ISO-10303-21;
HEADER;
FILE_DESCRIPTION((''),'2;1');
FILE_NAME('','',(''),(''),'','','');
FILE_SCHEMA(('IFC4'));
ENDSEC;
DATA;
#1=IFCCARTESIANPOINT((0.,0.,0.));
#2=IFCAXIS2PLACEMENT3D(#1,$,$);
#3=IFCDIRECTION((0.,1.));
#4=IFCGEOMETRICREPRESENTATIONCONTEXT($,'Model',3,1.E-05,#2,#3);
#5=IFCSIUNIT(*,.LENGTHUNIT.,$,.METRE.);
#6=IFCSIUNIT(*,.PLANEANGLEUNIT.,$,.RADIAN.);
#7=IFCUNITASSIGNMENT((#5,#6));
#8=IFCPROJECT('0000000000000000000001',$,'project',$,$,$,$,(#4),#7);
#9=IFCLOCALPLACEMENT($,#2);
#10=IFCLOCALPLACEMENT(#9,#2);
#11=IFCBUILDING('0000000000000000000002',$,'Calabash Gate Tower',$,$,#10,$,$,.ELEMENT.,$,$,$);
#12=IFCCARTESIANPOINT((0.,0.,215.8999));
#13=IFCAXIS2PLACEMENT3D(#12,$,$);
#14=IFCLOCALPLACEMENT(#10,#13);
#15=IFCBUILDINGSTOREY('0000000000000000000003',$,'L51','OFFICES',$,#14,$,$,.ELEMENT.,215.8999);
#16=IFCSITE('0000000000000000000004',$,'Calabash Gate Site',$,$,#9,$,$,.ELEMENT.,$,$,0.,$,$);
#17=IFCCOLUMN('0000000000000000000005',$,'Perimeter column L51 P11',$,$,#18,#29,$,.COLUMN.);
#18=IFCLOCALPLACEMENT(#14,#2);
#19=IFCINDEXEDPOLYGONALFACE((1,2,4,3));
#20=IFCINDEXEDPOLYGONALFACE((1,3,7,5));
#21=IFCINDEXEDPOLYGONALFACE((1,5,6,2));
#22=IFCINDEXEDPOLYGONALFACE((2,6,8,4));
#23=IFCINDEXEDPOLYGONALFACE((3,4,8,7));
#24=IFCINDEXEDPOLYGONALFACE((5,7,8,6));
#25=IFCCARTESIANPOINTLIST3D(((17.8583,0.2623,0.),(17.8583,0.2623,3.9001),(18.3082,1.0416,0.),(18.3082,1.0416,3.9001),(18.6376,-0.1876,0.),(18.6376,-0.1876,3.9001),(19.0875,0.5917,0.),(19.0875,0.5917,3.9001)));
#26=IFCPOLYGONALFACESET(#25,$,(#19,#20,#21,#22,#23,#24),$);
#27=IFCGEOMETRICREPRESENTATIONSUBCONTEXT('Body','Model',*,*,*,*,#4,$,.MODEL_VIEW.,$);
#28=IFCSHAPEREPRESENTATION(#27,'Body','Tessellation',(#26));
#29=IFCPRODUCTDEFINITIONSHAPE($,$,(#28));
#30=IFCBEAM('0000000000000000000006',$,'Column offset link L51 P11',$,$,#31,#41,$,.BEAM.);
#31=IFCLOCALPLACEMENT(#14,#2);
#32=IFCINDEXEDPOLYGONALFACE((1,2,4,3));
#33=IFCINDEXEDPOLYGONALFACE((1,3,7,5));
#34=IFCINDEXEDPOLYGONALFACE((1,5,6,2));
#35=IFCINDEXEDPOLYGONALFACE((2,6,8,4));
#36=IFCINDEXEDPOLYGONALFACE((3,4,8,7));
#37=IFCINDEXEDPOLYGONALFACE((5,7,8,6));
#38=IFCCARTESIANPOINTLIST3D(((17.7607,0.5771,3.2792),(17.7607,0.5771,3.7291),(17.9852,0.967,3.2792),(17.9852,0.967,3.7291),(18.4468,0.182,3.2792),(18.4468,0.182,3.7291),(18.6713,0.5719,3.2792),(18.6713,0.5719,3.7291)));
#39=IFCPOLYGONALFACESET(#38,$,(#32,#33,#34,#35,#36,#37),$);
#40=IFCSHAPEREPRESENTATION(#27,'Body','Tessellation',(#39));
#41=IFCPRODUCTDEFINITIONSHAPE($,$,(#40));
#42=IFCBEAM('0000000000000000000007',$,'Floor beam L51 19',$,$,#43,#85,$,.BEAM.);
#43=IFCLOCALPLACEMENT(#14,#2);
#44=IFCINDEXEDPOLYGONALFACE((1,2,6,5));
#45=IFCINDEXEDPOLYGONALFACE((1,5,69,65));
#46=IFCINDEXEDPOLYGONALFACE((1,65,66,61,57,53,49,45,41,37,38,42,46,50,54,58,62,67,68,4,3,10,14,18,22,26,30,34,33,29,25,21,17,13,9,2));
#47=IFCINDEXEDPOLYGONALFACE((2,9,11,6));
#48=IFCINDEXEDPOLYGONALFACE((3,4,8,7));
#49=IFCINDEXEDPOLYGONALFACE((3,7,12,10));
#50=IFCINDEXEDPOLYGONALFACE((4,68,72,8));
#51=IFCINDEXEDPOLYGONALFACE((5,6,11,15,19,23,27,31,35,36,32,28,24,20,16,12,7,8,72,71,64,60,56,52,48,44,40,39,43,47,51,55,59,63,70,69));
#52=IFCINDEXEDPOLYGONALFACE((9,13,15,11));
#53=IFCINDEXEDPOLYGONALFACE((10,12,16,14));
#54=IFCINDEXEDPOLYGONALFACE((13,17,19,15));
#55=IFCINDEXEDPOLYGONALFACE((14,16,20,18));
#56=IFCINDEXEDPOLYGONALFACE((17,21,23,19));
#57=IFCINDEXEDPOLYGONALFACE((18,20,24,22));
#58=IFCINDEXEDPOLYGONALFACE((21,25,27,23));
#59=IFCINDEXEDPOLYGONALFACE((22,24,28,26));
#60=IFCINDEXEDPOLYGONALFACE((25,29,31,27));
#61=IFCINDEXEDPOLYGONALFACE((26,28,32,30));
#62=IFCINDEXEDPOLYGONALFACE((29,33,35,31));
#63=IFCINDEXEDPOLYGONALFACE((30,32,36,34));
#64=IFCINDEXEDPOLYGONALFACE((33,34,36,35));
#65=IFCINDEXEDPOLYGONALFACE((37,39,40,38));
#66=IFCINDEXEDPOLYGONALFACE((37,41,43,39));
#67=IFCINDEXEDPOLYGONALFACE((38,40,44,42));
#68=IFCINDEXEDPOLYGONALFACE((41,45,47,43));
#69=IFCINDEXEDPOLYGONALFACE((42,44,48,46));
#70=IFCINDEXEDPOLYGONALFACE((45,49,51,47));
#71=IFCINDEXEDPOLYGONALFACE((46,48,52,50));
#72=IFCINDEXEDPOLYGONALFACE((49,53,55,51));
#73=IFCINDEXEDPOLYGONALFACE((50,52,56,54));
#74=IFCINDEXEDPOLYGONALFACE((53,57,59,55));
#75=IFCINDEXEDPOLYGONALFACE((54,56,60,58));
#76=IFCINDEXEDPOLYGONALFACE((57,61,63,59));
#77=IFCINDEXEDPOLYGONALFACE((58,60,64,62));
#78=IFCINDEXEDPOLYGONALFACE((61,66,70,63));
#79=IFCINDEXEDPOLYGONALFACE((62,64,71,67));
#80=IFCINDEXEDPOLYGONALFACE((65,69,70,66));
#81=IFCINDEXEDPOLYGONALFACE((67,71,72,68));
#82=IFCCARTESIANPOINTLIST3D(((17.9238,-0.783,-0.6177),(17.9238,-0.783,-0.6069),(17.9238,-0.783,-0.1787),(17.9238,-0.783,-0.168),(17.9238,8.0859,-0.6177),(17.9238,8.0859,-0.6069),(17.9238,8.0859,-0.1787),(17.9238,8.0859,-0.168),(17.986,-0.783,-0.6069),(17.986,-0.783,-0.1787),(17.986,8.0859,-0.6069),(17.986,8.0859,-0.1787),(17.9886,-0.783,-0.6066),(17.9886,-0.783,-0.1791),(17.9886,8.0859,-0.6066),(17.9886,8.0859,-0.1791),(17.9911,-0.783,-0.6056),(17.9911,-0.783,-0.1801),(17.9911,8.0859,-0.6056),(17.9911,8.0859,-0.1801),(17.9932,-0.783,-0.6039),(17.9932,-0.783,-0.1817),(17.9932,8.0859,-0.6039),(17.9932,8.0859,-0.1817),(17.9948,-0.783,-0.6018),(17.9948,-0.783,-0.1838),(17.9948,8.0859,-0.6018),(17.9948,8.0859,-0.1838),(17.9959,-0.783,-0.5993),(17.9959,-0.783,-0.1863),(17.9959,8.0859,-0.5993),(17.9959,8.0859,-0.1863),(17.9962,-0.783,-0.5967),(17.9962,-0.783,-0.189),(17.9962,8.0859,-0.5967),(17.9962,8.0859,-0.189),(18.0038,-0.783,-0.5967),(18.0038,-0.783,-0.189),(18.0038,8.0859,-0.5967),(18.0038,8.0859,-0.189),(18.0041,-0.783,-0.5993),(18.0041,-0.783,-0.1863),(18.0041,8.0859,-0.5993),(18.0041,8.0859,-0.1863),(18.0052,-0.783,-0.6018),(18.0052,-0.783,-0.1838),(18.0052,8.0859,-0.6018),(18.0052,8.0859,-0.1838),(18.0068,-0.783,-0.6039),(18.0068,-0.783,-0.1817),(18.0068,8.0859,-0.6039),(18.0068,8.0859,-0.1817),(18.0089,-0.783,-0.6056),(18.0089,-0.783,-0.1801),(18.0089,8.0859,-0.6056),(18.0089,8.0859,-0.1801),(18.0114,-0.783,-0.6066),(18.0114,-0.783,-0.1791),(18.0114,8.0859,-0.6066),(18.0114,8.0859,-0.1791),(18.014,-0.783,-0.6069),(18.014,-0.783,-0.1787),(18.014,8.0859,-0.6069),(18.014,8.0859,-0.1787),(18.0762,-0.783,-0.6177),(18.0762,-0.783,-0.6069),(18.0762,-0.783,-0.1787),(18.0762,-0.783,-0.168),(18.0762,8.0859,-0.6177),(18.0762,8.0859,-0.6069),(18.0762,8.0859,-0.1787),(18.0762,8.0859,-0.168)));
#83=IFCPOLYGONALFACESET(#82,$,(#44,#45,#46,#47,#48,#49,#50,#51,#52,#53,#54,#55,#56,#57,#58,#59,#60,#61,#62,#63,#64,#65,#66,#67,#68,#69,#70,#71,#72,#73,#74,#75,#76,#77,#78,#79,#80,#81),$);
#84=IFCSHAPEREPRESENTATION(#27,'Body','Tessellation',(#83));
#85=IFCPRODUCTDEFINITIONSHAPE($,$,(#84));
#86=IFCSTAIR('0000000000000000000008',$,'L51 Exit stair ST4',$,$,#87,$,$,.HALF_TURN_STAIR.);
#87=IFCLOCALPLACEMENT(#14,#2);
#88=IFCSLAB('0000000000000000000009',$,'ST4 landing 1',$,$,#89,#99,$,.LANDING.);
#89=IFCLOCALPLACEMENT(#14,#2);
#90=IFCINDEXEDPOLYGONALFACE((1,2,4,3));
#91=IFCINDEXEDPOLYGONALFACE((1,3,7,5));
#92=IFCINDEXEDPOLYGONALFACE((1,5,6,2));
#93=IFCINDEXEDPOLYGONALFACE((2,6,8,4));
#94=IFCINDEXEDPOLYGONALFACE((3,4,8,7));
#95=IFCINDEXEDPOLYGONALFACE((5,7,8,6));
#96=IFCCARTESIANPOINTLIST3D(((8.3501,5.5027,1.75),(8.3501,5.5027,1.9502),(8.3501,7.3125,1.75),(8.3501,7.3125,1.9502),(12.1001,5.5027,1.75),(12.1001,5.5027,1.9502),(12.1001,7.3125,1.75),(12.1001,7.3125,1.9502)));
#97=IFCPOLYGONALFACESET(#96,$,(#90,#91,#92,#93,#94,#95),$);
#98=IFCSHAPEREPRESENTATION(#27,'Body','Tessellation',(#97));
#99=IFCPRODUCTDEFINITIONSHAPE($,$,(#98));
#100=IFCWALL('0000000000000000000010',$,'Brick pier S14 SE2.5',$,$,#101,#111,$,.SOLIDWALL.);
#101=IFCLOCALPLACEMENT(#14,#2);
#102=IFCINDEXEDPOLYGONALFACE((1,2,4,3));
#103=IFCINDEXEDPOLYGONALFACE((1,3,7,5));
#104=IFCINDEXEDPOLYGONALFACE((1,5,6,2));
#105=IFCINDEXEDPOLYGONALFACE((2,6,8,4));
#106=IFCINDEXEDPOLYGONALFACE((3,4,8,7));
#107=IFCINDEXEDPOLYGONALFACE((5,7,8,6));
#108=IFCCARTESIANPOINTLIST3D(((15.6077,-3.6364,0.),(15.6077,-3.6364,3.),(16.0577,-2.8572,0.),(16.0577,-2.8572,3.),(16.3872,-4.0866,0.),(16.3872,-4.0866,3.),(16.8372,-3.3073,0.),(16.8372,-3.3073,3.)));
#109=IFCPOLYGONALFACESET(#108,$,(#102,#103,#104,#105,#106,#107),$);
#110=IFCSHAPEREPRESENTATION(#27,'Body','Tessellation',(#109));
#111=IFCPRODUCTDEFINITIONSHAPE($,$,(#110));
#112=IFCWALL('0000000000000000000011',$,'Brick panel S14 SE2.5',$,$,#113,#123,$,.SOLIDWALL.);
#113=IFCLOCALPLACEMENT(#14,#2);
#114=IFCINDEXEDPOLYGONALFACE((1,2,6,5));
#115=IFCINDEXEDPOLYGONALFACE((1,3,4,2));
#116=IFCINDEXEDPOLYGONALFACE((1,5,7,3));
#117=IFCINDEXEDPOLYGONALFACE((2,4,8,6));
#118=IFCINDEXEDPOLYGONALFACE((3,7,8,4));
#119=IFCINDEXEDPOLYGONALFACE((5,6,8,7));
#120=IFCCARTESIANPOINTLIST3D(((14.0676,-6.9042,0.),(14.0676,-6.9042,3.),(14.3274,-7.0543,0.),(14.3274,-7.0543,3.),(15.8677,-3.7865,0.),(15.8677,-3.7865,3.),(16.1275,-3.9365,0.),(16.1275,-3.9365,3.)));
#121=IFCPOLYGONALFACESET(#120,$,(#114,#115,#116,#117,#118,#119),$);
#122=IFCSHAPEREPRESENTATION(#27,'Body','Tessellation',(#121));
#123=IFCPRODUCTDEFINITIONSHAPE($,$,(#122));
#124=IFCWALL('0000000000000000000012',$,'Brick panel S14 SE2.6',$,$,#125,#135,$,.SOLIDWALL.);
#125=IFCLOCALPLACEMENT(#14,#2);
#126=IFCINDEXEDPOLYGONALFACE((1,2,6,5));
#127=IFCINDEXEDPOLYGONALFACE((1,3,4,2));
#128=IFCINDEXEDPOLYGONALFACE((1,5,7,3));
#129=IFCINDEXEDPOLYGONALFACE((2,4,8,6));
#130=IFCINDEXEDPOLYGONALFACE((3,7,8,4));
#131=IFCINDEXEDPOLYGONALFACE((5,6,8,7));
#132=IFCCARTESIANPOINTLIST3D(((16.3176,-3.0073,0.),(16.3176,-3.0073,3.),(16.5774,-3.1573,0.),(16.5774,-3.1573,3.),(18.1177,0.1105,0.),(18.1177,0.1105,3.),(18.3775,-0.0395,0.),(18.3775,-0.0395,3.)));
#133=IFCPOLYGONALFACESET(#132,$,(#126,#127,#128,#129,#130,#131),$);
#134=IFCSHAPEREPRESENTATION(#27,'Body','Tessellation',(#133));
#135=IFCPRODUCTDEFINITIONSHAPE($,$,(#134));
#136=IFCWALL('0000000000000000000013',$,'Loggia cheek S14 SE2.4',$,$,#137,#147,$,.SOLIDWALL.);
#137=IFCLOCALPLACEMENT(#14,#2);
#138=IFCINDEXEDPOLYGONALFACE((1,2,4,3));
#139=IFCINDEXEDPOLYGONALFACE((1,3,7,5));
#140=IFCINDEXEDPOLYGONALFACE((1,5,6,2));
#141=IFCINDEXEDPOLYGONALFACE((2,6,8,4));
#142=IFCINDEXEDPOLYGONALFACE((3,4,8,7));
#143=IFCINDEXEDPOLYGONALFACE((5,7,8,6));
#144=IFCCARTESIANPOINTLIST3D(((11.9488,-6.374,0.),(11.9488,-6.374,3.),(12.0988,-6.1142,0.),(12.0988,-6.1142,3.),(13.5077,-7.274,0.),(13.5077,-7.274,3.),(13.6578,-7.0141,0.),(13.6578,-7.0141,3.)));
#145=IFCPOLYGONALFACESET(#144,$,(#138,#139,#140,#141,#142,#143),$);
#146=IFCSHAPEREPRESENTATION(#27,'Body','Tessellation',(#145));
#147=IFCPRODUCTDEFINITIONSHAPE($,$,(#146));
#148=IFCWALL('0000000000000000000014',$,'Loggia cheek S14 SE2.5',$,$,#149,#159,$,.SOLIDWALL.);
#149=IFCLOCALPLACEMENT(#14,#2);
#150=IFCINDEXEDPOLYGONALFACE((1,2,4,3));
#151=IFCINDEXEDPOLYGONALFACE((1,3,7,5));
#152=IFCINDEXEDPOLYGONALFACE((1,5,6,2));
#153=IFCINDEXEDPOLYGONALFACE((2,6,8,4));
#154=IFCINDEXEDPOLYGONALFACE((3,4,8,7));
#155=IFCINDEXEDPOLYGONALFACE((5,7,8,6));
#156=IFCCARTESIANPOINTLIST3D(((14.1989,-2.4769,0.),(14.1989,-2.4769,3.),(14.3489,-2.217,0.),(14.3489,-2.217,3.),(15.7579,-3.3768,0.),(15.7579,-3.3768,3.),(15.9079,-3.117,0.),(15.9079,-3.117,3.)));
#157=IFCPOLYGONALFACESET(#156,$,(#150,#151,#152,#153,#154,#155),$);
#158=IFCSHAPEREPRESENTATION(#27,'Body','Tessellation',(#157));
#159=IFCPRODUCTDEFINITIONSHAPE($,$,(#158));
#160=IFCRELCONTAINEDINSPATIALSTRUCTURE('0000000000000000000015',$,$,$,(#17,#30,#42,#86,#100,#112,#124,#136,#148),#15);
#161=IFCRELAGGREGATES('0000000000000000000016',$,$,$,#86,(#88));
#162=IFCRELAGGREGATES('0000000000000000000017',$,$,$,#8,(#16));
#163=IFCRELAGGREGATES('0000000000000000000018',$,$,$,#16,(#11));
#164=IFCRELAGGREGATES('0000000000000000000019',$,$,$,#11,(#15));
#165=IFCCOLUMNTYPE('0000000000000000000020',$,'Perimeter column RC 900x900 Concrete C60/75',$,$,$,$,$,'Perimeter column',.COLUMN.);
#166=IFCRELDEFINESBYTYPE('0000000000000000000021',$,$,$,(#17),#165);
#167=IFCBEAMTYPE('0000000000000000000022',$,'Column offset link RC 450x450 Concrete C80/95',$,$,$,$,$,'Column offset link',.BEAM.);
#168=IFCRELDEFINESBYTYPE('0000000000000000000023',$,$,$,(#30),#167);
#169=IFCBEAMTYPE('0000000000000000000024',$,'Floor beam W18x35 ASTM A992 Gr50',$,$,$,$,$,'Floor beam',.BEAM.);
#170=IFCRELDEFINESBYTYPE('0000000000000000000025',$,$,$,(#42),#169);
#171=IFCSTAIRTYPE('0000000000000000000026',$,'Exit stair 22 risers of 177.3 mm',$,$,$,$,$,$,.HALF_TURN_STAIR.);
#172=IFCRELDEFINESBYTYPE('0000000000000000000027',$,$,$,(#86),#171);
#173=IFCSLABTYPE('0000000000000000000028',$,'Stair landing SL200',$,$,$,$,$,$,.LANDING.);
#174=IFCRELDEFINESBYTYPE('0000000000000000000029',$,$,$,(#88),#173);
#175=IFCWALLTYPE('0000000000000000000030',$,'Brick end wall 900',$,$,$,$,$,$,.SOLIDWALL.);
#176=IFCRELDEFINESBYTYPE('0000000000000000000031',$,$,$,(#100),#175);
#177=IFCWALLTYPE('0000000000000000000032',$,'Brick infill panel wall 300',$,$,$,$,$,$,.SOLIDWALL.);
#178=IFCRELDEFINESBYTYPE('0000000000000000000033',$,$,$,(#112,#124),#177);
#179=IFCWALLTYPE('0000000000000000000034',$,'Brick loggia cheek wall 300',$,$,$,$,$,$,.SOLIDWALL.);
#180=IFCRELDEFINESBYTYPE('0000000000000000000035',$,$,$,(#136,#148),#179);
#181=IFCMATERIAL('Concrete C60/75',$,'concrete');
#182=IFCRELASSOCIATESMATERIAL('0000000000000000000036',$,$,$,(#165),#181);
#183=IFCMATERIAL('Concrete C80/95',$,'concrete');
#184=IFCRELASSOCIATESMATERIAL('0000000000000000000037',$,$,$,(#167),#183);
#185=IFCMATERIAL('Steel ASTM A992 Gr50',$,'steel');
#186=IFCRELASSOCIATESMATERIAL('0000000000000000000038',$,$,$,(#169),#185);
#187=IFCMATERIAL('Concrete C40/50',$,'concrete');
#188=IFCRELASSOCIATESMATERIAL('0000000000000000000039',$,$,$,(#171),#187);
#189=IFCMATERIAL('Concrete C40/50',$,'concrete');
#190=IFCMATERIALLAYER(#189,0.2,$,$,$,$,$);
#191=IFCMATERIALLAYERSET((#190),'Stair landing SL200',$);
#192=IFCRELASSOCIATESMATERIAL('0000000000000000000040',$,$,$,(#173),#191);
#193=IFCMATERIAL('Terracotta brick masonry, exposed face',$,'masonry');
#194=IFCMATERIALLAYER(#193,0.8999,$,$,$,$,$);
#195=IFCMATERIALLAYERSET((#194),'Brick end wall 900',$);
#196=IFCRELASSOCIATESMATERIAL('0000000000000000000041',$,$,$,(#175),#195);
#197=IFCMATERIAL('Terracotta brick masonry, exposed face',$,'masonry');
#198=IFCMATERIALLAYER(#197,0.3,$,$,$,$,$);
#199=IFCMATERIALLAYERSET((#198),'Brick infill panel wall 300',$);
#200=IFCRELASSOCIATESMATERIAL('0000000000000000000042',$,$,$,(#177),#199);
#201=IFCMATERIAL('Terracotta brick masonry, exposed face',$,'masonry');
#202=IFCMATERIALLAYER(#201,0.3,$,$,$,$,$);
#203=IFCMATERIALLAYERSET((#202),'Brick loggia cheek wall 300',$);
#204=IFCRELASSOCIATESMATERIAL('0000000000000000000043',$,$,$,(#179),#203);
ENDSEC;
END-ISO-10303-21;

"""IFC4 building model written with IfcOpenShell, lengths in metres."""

from ifc_helpers import new_model, si_unit, direction, frame, frame_2d, origin, origin_2d, place, context, subcontext, project, spatial, polyline, rectangle, i_section, outline, extrude, material, layer, layer_set, material_profile, profile_set, type_object, element, aggregate, save


model = new_model("IFC4")

# Units and contexts
model_context = context("Model", 3, precision=1e-05, world=origin(), true_north=direction((0.0, 1.0)))
body_context = subcontext(model_context, "Body", "Model", "MODEL_VIEW")
ifc_project = project(units=[si_unit("LENGTHUNIT", "METRE"), si_unit("PLANEANGLEUNIT", "RADIAN")], contexts=[model_context])

# Site, building, storey
site_placement = place(None, origin())
site = spatial("IfcSite", under=ifc_project, at=site_placement, Name="Calabash Gate Site", CompositionType="ELEMENT", RefElevation=0.0)
building_placement = place(site_placement, origin())
building = spatial("IfcBuilding", under=site, at=building_placement, Name="Calabash Gate Tower", CompositionType="ELEMENT")
storey_placement = place(building_placement, frame((0.0, 0.0, 215.8999)))
storey = spatial("IfcBuildingStorey", under=building, at=storey_placement, Name="L51", Description="OFFICES", CompositionType="ELEMENT", Elevation=215.8999)

# Column
ifc_material_1 = material(Name="Concrete C60/75", Category="concrete")
ifc_material_profile_1 = material_profile(ifc_material_1, rectangle(XDim=0.8999, YDim=0.8999, at=origin_2d()))
ifc_profile_set_1 = profile_set([ifc_material_profile_1], Name="Concrete C60/75")
column_type = type_object("IfcColumnType", Name="Perimeter column RC 900x900 Concrete C60/75", ElementType="Perimeter column", PredefinedType="COLUMN", material=ifc_profile_set_1)
column_placement = place(storey_placement, frame((18.4729, 0.427, 0.0), z_axis=(0.0, 0.0, 1.0), x_axis=(0.5, 0.866025, 0.0)))
element("IfcColumn", 1, at=column_placement, inside=storey, type_object=column_type, Name="Perimeter column L51 P11", PredefinedType="COLUMN", context=body_context, shape_type="SweptSolid", body=[
    extrude(rectangle(XDim=0.8999, YDim=0.8999, at=origin_2d()), origin(), (0.0, 0.0, 1.0), 3.9001),
])

# Beams
ifc_material_2 = material(Name="Concrete C80/95", Category="concrete")
ifc_material_profile_2 = material_profile(ifc_material_2, rectangle(XDim=0.45, YDim=0.45, at=origin_2d()))
ifc_profile_set_2 = profile_set([ifc_material_profile_2], Name="Concrete C80/95")
beam_type_1 = type_object("IfcBeamType", Name="Column offset link RC 450x450 Concrete C80/95", ElementType="Column offset link", PredefinedType="BEAM", material=ifc_profile_set_2)
beam_1_placement = place(storey_placement, frame((18.5591, 0.377, 3.5042), z_axis=(-0.866606, 0.498993, 0.0), x_axis=(-0.498993, -0.866606, 0.0)))
element("IfcBeam", 2, at=beam_1_placement, inside=storey, type_object=beam_type_1, Name="Column offset link L51 P11", PredefinedType="BEAM", context=body_context, shape_type="SweptSolid", body=[
    extrude(rectangle(XDim=0.45, YDim=0.45, at=origin_2d()), origin(), (0.0, 0.0, 1.0), 0.7917),
])
ifc_material_3 = material(Name="Steel ASTM A992 Gr50", Category="steel")
ifc_material_profile_3 = material_profile(ifc_material_3, i_section(OverallWidth=0.1523, OverallDepth=0.4497, WebThickness=0.0076, FlangeThickness=0.0107, FilletRadius=0.0103, at=origin_2d()))
ifc_profile_set_3 = profile_set([ifc_material_profile_3], Name="Steel ASTM A992 Gr50")
beam_type_2 = type_object("IfcBeamType", Name="Floor beam W18x35 ASTM A992 Gr50", ElementType="Floor beam", PredefinedType="BEAM", material=ifc_profile_set_3)
beam_2_placement = place(storey_placement, frame((18.0, -0.783, -0.3928), z_axis=(0.0, 1.0, 0.0), x_axis=(-1.0, 0.0, 0.0)))
element("IfcBeam", 3, at=beam_2_placement, inside=storey, type_object=beam_type_2, Name="Floor beam L51 19", PredefinedType="BEAM", context=body_context, shape_type="SweptSolid", body=[
    extrude(i_section(OverallWidth=0.1523, OverallDepth=0.4497, WebThickness=0.0076, FlangeThickness=0.0107, FilletRadius=0.0103, at=origin_2d()), origin(), (0.0, 0.0, 1.0), 8.8689),
])

# Stair, slab
ifc_material_4 = material(Name="Concrete C40/50", Category="concrete")
stair_type = type_object("IfcStairType", Name="Exit stair 22 risers of 177.3 mm", PredefinedType="HALF_TURN_STAIR", material=ifc_material_4)
stair_placement = place(storey_placement, origin())
stair = element("IfcStair", 4, at=stair_placement, inside=storey, type_object=stair_type, Name="L51 Exit stair ST4", PredefinedType="HALF_TURN_STAIR")
ifc_material_5 = material(Name="Concrete C40/50", Category="concrete")
ifc_layer_1 = layer(ifc_material_5, 0.2)
ifc_layer_set_1 = layer_set([ifc_layer_1], Name="Stair landing SL200")
slab_type = type_object("IfcSlabType", Name="Stair landing SL200", PredefinedType="LANDING", material=ifc_layer_set_1)
slab_placement = place(storey_placement, frame((0.0, 0.0, 1.75)))
slab = element("IfcSlab", 5, at=slab_placement, type_object=slab_type, Name="ST4 landing 1", PredefinedType="LANDING", context=body_context, shape_type="SweptSolid", body=[
    extrude(outline(polyline([(8.3501, 7.3125), (8.3501, 5.5027), (12.1001, 5.5027), (12.1001, 7.3125), (8.3501, 7.3125)])), origin(), (0.0, 0.0, 1.0), 0.2002),
])
aggregate(stair, [slab])

# Walls
ifc_material_6 = material(Name="Terracotta brick masonry, exposed face", Category="masonry")
ifc_layer_2 = layer(ifc_material_6, 0.8999)
ifc_layer_set_2 = layer_set([ifc_layer_2], Name="Brick end wall 900")
wall_type_1 = type_object("IfcWallType", Name="Brick end wall 900", PredefinedType="SOLIDWALL", material=ifc_layer_set_2)
wall_1_placement = place(storey_placement, frame((16.6123, -3.697, 0.0), z_axis=(0.0, 0.0, 1.0), x_axis=(-0.865964, 0.500106, 0.0)))
element("IfcWall", 6, at=wall_1_placement, inside=storey, type_object=wall_type_1, Name="Brick pier S14 SE2.5", PredefinedType="SOLIDWALL", context=body_context, shape_type="SweptSolid", body=[
    extrude(rectangle(XDim=0.9001, YDim=0.8999, at=frame_2d((0.4502, 0.0))), origin(), (0.0, 0.0, 1.0), 3.0),
])
ifc_material_7 = material(Name="Terracotta brick masonry, exposed face", Category="masonry")
ifc_layer_3 = layer(ifc_material_7, 0.3)
ifc_layer_set_3 = layer_set([ifc_layer_3], Name="Brick infill panel wall 300")
wall_type_2 = type_object("IfcWallType", Name="Brick infill panel wall 300", PredefinedType="SOLIDWALL", material=ifc_layer_set_3)
for number, where, z_axis, x_axis, name in (
    (7, (14.1975, -6.9792, 0.0), (0.0, 0.0, 1.0), (0.500012, 0.866018, 0.0), "Brick panel S14 SE2.5"),
    (8, (16.4475, -3.0823, 0.0), (0.0, 0.0, 1.0), (0.500012, 0.866018, 0.0), "Brick panel S14 SE2.6"),
):
    element("IfcWall", number, at=place(storey_placement, frame(where, z_axis=z_axis, x_axis=x_axis)), inside=storey, type_object=wall_type_2, Name=name, PredefinedType="SOLIDWALL", context=body_context, shape_type="SweptSolid", body=[
        extrude(rectangle(XDim=3.6001, YDim=0.3, at=frame_2d((1.8, 0.0))), origin(), (0.0, 0.0, 1.0), 3.0),
    ])
ifc_material_8 = material(Name="Terracotta brick masonry, exposed face", Category="masonry")
ifc_layer_4 = layer(ifc_material_8, 0.3)
ifc_layer_set_4 = layer_set([ifc_layer_4], Name="Brick loggia cheek wall 300")
wall_type_3 = type_object("IfcWallType", Name="Brick loggia cheek wall 300", PredefinedType="SOLIDWALL", material=ifc_layer_set_4)
for number, where, z_axis, x_axis, name in (
    (9, (12.0239, -6.2441, 0.0), (0.0, 0.0, 1.0), (0.866048, -0.499961, 0.0), "Loggia cheek S14 SE2.4"),
    (10, (15.8328, -3.2468, 0.0), (0.0, 0.0, 1.0), (-0.866048, 0.499961, 0.0), "Loggia cheek S14 SE2.5"),
):
    element("IfcWall", number, at=place(storey_placement, frame(where, z_axis=z_axis, x_axis=x_axis)), inside=storey, type_object=wall_type_3, Name=name, PredefinedType="SOLIDWALL", context=body_context, shape_type="SweptSolid", body=[
        extrude(rectangle(XDim=1.8, YDim=0.3, at=frame_2d((0.8999, 0.0))), origin(), (0.0, 0.0, 1.0), 3.0),
    ])

save(model, "model.ifc")
